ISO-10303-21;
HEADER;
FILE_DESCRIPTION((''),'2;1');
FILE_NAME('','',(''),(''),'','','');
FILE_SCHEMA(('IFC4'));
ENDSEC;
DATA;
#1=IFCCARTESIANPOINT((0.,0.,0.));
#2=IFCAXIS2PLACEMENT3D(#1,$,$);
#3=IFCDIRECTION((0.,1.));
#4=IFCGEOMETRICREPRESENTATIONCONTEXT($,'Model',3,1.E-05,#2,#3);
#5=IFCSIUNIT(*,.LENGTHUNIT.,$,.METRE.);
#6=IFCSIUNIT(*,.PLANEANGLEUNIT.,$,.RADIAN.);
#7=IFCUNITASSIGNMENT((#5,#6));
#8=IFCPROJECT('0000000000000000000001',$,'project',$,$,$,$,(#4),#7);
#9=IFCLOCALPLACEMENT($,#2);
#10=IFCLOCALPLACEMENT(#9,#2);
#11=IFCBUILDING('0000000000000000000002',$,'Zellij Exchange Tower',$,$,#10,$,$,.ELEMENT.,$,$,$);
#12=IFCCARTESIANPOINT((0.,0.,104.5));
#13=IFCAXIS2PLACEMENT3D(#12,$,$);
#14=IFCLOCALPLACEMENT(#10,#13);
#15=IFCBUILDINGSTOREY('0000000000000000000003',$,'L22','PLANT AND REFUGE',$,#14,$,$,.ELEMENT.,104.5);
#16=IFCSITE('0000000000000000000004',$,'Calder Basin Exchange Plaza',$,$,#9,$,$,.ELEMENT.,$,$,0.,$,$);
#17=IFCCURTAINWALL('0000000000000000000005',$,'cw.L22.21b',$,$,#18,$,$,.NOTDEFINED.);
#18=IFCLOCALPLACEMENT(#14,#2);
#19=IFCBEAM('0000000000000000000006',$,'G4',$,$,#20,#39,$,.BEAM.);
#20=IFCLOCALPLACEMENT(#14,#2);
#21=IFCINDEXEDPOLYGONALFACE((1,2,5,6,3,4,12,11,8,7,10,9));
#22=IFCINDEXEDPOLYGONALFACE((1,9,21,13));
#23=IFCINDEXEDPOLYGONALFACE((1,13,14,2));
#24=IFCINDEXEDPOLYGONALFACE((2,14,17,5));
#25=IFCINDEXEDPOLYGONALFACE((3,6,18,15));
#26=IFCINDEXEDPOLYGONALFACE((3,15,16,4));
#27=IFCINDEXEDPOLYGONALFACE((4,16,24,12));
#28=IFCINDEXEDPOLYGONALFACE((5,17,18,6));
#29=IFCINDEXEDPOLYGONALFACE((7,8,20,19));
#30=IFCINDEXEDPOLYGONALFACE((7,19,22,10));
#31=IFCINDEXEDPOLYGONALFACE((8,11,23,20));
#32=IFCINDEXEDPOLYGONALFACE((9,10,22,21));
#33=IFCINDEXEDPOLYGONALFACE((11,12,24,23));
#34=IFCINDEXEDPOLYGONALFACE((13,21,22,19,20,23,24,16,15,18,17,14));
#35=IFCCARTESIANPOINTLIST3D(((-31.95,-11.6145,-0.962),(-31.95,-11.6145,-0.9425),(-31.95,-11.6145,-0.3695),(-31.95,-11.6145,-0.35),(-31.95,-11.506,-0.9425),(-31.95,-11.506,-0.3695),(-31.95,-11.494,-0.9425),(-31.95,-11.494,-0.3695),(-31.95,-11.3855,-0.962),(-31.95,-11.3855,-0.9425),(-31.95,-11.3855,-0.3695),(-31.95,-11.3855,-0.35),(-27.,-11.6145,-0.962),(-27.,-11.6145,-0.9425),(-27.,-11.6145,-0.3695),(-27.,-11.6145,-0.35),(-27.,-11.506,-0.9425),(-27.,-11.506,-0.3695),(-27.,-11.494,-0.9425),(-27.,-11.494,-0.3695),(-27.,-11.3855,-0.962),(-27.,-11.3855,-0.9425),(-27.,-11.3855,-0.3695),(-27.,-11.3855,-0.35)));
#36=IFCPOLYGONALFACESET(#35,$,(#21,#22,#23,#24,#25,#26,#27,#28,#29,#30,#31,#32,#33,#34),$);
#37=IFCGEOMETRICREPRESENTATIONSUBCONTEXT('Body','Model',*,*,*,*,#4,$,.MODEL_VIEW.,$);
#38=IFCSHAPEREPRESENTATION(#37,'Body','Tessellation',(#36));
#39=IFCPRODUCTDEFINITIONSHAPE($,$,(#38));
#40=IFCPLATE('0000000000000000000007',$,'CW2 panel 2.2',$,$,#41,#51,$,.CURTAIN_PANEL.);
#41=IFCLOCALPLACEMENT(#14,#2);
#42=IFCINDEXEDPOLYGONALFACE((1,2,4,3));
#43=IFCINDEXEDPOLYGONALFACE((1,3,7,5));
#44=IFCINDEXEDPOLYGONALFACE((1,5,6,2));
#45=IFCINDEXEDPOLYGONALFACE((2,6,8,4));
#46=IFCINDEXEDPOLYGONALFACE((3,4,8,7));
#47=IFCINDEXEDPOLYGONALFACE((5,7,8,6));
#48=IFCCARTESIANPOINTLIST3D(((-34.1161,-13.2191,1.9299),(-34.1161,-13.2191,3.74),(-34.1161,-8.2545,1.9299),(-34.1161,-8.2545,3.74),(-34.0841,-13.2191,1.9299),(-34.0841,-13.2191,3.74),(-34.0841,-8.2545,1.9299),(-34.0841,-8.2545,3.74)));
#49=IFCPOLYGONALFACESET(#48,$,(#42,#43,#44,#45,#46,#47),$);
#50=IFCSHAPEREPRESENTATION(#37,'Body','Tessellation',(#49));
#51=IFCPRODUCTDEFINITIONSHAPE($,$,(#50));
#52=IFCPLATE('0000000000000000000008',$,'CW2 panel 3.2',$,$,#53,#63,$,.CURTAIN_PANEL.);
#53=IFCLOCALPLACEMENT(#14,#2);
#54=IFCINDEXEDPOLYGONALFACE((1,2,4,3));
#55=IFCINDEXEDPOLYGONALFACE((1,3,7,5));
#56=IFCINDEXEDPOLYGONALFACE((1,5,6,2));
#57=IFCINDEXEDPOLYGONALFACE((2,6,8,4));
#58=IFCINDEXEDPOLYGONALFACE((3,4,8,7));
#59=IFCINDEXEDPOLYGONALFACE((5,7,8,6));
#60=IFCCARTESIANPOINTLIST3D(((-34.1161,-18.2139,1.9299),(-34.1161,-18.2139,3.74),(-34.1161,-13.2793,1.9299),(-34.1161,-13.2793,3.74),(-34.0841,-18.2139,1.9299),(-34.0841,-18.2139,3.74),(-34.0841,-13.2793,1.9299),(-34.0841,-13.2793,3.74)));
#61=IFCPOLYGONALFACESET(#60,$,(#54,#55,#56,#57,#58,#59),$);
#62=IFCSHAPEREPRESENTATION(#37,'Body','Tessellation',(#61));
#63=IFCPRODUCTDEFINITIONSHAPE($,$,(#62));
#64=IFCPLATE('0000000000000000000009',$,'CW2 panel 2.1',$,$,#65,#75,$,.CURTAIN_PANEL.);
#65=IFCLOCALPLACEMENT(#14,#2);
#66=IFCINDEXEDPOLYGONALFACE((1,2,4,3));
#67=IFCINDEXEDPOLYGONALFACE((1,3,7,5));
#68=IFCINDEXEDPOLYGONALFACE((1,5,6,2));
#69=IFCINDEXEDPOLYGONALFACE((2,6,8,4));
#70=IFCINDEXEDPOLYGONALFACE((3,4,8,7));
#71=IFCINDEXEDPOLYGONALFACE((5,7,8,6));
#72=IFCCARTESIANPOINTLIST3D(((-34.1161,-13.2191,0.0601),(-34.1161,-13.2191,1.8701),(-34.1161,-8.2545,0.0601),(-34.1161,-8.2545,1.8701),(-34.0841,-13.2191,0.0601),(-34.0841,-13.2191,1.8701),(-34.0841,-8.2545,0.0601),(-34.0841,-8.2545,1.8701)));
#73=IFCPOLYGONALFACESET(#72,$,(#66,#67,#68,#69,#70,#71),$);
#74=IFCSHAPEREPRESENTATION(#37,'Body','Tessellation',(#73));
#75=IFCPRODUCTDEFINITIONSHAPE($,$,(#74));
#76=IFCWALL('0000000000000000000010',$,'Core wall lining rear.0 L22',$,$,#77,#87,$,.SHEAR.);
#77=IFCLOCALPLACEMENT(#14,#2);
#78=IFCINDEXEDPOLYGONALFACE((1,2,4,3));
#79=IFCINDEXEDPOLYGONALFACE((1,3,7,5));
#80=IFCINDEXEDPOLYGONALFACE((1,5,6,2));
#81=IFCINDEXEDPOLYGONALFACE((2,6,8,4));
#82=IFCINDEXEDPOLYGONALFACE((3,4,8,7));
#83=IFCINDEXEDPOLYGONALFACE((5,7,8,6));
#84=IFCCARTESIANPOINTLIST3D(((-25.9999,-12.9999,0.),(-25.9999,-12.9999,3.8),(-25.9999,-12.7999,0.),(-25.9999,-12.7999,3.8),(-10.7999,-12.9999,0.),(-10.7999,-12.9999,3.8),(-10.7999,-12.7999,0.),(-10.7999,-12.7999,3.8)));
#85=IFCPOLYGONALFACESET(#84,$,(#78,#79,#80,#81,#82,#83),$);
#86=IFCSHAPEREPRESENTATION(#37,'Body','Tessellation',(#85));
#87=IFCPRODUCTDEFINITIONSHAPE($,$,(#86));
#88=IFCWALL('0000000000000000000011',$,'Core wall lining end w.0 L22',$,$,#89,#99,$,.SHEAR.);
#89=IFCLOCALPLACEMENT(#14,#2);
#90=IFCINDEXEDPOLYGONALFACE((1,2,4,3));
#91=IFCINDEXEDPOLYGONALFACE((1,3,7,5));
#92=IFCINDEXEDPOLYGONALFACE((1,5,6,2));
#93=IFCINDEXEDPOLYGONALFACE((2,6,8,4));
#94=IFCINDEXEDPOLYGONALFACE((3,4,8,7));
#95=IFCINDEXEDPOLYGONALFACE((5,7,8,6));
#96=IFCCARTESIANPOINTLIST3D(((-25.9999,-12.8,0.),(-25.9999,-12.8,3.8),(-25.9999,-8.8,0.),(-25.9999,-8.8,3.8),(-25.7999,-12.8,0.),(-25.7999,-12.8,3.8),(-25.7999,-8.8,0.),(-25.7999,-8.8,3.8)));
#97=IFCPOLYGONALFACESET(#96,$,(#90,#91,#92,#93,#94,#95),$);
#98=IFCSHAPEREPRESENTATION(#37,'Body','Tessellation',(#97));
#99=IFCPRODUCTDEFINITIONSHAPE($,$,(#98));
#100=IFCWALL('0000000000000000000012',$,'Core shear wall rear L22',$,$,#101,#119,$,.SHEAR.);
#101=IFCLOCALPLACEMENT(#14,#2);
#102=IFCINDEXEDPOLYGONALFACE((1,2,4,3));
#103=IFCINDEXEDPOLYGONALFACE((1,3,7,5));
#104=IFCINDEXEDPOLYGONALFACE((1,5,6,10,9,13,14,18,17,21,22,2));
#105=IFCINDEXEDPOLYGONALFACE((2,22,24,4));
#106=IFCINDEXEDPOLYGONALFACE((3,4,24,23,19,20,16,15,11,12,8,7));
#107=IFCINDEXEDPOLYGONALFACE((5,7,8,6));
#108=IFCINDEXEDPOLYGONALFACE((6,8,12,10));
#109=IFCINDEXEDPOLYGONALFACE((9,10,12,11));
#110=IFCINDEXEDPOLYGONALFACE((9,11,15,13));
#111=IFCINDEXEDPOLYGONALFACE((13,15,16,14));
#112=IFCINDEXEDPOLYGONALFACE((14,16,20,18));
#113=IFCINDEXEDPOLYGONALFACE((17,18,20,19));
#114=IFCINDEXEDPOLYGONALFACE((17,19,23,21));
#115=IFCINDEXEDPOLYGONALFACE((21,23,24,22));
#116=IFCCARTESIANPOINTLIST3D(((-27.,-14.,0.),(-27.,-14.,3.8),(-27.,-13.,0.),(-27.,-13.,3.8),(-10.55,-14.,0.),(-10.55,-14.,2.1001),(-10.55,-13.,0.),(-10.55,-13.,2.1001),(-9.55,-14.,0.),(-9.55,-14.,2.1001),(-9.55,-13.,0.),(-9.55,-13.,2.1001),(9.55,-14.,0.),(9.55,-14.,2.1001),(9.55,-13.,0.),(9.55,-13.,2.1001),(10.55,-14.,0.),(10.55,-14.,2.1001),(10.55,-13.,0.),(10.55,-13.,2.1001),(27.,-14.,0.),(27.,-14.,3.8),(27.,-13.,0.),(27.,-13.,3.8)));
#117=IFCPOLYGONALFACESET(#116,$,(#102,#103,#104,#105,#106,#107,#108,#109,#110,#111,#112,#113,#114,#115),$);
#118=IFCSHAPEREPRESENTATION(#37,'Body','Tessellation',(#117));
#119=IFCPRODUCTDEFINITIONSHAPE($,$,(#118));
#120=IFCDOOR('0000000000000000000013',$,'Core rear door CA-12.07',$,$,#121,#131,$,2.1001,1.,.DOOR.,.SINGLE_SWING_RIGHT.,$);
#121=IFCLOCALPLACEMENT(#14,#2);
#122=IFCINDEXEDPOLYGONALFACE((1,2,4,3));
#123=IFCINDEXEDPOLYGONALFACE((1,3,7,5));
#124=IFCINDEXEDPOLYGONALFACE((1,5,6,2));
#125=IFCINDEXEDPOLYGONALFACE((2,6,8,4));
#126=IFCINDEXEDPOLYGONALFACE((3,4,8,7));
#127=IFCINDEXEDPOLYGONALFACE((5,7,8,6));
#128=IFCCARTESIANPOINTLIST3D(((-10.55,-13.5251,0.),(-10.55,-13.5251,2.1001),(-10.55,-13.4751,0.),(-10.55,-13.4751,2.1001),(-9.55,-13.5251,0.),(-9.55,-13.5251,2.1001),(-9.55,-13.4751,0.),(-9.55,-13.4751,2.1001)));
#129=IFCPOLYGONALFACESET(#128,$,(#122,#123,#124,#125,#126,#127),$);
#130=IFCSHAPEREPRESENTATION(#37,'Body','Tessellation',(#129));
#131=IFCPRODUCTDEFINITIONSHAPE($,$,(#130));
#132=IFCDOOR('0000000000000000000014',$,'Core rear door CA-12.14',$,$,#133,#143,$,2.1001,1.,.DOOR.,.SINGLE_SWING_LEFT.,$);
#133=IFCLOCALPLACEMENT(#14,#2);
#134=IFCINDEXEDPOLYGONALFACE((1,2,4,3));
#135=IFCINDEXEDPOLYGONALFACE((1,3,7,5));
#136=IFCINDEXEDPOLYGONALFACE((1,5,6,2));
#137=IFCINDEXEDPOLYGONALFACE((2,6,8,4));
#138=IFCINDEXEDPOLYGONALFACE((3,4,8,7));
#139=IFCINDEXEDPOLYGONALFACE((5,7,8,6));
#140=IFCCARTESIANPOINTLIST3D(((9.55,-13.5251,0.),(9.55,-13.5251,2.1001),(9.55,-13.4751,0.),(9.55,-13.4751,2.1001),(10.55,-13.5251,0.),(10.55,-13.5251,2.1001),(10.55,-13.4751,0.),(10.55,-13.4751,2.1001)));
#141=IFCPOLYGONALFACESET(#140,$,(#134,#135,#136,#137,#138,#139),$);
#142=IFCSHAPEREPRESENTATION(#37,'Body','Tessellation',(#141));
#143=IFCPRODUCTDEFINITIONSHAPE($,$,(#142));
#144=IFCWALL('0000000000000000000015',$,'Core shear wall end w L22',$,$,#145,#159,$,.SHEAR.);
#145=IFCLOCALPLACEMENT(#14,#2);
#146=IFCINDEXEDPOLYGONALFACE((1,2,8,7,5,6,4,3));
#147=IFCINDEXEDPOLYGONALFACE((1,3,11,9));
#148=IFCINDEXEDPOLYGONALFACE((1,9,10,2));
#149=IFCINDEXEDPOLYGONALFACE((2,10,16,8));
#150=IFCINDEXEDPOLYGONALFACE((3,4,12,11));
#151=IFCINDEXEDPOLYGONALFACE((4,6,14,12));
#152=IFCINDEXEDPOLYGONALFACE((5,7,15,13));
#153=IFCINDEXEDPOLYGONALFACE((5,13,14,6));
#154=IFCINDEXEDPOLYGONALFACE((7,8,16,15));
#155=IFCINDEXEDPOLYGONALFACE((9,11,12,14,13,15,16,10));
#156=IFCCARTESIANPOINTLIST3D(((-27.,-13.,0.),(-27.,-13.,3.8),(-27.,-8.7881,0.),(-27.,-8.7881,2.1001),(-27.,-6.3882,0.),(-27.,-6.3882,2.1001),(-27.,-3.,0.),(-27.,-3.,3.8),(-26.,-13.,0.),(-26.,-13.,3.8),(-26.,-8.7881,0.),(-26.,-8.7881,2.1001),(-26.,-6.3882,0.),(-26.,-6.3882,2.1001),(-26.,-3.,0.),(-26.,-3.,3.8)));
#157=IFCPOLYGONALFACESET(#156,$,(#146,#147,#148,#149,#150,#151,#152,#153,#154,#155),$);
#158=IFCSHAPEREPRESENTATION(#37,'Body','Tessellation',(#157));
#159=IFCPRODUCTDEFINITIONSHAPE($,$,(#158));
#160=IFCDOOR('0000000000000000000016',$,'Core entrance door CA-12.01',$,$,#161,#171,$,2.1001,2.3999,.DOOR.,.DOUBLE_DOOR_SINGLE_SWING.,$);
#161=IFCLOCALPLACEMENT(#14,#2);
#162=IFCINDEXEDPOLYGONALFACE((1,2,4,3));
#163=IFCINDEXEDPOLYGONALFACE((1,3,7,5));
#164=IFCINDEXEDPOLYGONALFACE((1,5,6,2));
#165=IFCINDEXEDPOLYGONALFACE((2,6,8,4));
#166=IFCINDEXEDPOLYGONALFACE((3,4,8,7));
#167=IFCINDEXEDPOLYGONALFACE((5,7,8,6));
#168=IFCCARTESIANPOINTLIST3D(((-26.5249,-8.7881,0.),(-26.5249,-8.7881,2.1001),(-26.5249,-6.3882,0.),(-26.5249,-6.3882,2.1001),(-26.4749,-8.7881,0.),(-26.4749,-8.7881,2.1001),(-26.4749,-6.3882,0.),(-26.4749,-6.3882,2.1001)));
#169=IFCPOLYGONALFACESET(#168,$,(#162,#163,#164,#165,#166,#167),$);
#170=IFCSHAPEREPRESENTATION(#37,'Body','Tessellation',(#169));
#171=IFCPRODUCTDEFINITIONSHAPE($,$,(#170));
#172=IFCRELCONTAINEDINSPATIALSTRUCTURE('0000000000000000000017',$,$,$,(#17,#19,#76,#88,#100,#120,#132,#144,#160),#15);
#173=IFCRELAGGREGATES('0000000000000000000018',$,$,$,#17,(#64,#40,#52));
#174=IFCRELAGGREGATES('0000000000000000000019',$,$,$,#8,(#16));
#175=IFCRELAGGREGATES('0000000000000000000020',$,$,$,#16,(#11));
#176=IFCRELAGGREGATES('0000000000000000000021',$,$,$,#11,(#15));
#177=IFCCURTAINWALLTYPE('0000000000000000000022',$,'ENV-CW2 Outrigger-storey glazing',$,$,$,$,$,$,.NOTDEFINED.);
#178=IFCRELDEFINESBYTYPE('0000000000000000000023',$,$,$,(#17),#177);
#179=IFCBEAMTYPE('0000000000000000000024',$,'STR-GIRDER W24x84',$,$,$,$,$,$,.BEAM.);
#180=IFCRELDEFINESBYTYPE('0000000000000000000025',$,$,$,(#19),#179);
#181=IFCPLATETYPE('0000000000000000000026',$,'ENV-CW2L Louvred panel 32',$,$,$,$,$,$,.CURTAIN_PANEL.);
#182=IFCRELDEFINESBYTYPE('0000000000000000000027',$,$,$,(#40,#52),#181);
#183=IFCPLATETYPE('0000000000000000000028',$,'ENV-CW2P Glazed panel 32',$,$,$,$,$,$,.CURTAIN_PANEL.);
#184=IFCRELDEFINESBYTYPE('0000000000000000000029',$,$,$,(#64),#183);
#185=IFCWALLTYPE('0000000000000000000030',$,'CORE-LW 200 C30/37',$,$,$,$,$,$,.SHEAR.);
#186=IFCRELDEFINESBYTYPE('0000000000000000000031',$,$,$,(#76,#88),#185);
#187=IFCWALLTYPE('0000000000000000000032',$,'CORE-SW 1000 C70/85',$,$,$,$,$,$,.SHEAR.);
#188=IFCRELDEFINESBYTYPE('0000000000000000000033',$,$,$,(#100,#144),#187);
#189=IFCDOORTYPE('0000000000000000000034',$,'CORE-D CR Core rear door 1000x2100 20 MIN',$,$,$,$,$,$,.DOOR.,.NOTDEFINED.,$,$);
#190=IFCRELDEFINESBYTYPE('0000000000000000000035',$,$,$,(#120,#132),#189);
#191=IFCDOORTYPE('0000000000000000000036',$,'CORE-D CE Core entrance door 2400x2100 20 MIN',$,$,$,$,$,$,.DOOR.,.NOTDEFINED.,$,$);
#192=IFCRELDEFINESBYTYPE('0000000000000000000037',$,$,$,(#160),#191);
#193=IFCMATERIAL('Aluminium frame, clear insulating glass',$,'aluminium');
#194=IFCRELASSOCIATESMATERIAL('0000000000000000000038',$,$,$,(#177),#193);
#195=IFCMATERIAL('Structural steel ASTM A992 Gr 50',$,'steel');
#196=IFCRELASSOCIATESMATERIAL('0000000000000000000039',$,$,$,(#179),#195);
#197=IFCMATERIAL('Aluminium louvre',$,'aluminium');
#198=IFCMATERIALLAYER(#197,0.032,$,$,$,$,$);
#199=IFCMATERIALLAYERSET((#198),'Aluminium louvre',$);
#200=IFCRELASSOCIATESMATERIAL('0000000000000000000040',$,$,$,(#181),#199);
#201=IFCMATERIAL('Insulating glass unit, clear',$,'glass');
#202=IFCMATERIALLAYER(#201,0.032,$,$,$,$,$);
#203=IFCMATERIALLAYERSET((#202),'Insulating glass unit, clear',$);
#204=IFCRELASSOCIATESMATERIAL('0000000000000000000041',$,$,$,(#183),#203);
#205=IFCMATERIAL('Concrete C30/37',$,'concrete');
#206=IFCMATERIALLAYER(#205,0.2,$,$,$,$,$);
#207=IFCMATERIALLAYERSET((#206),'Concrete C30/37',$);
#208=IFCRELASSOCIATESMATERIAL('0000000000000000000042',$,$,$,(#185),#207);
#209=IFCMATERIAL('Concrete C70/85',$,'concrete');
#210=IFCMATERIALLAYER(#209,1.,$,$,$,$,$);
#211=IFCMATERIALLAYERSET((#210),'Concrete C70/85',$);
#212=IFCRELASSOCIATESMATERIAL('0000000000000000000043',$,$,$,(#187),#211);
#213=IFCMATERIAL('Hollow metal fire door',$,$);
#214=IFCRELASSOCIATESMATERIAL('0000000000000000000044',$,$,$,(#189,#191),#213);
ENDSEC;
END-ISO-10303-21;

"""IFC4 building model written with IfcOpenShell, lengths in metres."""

from ifc_helpers import new_model, si_unit, direction, frame, frame_2d, origin, origin_2d, place, context, subcontext, project, spatial, rectangle, i_section, extrude, material, layer, layer_set, material_profile, profile_set, type_object, element, fill, aggregate, save


model = new_model("IFC4")

# Units and contexts
model_context = context("Model", 3, precision=1e-05, world=origin(), true_north=direction((0.0, 1.0)))
body_context = subcontext(model_context, "Body", "Model", "MODEL_VIEW")
ifc_project = project(units=[si_unit("LENGTHUNIT", "METRE"), si_unit("PLANEANGLEUNIT", "RADIAN")], contexts=[model_context])

# Site, building, storey
site_placement = place(None, origin())
site = spatial("IfcSite", under=ifc_project, at=site_placement, Name="Calder Basin Exchange Plaza", CompositionType="ELEMENT", RefElevation=0.0)
building_placement = place(site_placement, origin())
building = spatial("IfcBuilding", under=site, at=building_placement, Name="Zellij Exchange Tower", CompositionType="ELEMENT")
storey_placement = place(building_placement, frame((0.0, 0.0, 104.5)))
storey = spatial("IfcBuildingStorey", under=building, at=storey_placement, Name="L22", Description="PLANT AND REFUGE", CompositionType="ELEMENT", Elevation=104.5)

# Shared definitions
ifc_material_1 = material(Name="Concrete C70/85", Category="concrete")

# Curtain wall
ifc_material_2 = material(Name="Aluminium frame, clear insulating glass", Category="aluminium")
curtain_wall_type = type_object("IfcCurtainWallType", Name="ENV-CW2 Outrigger-storey glazing", PredefinedType="NOTDEFINED", material=ifc_material_2)
curtain_wall_placement = place(storey_placement, origin())
curtain_wall = element("IfcCurtainWall", 1, at=curtain_wall_placement, inside=storey, type_object=curtain_wall_type, Name="cw.L22.21b", PredefinedType="NOTDEFINED")

# Beam
ifc_material_3 = material(Name="Structural steel ASTM A992 Gr 50", Category="steel")
ifc_material_profile_1 = material_profile(ifc_material_3, i_section(OverallWidth=0.229, OverallDepth=0.6121, WebThickness=0.012, FlangeThickness=0.0195, at=origin_2d()), Name="W24x84")
ifc_profile_set_1 = profile_set([ifc_material_profile_1], Name="Structural steel ASTM A992 Gr 50")
beam_type_1 = type_object("IfcBeamType", Name="STR-GIRDER W24x84", PredefinedType="BEAM", material=ifc_profile_set_1)
beam_1_placement = place(storey_placement, frame((-31.95, -11.5, -0.656), z_axis=(1.0, 0.0, 0.0), x_axis=(0.0, 1.0, 0.0)))
element("IfcBeam", 2, at=beam_1_placement, inside=storey, type_object=beam_type_1, Name="G4", PredefinedType="BEAM", context=body_context, shape_type="SweptSolid", body=[
    extrude(i_section(OverallWidth=0.229, OverallDepth=0.6121, WebThickness=0.012, FlangeThickness=0.0195, at=origin_2d()), origin(), (0.0, 0.0, 1.0), 4.95),
])

# Plates
ifc_material_4 = material(Name="Aluminium louvre", Category="aluminium")
ifc_layer_1 = layer(ifc_material_4, 0.032)
ifc_layer_set_1 = layer_set([ifc_layer_1], Name="Aluminium louvre")
plate_type_1 = type_object("IfcPlateType", Name="ENV-CW2L Louvred panel 32", PredefinedType="CURTAIN_PANEL", material=ifc_layer_set_1)
plate_1_placement = place(storey_placement, frame((-34.1001, -10.7368, 1.9299), z_axis=(0.0, 0.0, 1.0), x_axis=(0.0, -1.0, 0.0)))
plate_1 = element("IfcPlate", 3, at=plate_1_placement, type_object=plate_type_1, Name="CW2 panel 2.2", PredefinedType="CURTAIN_PANEL", context=body_context, shape_type="SweptSolid", body=[
    extrude(rectangle(XDim=4.9646, YDim=0.032, at=origin_2d()), origin(), (0.0, 0.0, 1.0), 1.8101),
])
plate_2_placement = place(storey_placement, frame((-34.1001, -15.7466, 1.9299), z_axis=(0.0, 0.0, 1.0), x_axis=(0.0, -1.0, 0.0)))
plate_2 = element("IfcPlate", 4, at=plate_2_placement, type_object=plate_type_1, Name="CW2 panel 3.2", PredefinedType="CURTAIN_PANEL", context=body_context, shape_type="SweptSolid", body=[
    extrude(rectangle(XDim=4.9346, YDim=0.032, at=origin_2d()), origin(), (0.0, 0.0, 1.0), 1.8101),
])
ifc_material_5 = material(Name="Insulating glass unit, clear", Category="glass")
ifc_layer_2 = layer(ifc_material_5, 0.032)
ifc_layer_set_2 = layer_set([ifc_layer_2], Name="Insulating glass unit, clear")
plate_type_2 = type_object("IfcPlateType", Name="ENV-CW2P Glazed panel 32", PredefinedType="CURTAIN_PANEL", material=ifc_layer_set_2)
plate_3_placement = place(storey_placement, frame((-34.1001, -10.7368, 0.0601), z_axis=(0.0, 0.0, 1.0), x_axis=(0.0, -1.0, 0.0)))
plate_3 = element("IfcPlate", 5, at=plate_3_placement, type_object=plate_type_2, Name="CW2 panel 2.1", PredefinedType="CURTAIN_PANEL", context=body_context, shape_type="SweptSolid", body=[
    extrude(rectangle(XDim=4.9646, YDim=0.032, at=origin_2d()), origin(), (0.0, 0.0, 1.0), 1.8101),
])
aggregate(curtain_wall, [plate_3, plate_1, plate_2])

# Walls
ifc_material_6 = material(Name="Concrete C30/37", Category="concrete")
ifc_layer_3 = layer(ifc_material_6, 0.2)
ifc_layer_set_3 = layer_set([ifc_layer_3], Name="Concrete C30/37")
wall_type_1 = type_object("IfcWallType", Name="CORE-LW 200 C30/37", PredefinedType="SHEAR", material=ifc_layer_set_3)
wall_1_placement = place(storey_placement, frame((-26.0, -12.8999, 0.0), z_axis=(0.0, 0.0, 1.0), x_axis=(1.0, 0.0, 0.0)))
element("IfcWall", 6, at=wall_1_placement, inside=storey, type_object=wall_type_1, Name="Core wall lining rear.0 L22", PredefinedType="SHEAR", context=body_context, shape_type="SweptSolid", body=[
    extrude(rectangle(XDim=15.2, YDim=0.2, at=frame_2d((7.6001, 0.0))), origin(), (0.0, 0.0, 1.0), 3.8),
])
wall_2_placement = place(storey_placement, frame((-25.8999, -12.8, 0.0), z_axis=(0.0, 0.0, 1.0), x_axis=(0.0, 1.0, 0.0)))
element("IfcWall", 7, at=wall_2_placement, inside=storey, type_object=wall_type_1, Name="Core wall lining end w.0 L22", PredefinedType="SHEAR", context=body_context, shape_type="SweptSolid", body=[
    extrude(rectangle(XDim=4.0, YDim=0.2, at=frame_2d((2.0, 0.0))), origin(), (0.0, 0.0, 1.0), 3.8),
])

# Wall, openings, doors
ifc_layer_4 = layer(ifc_material_1, 1.0)
ifc_layer_set_4 = layer_set([ifc_layer_4], Name="Concrete C70/85")
wall_type_2 = type_object("IfcWallType", Name="CORE-SW 1000 C70/85", PredefinedType="SHEAR", material=ifc_layer_set_4)
wall_3_placement = place(storey_placement, frame((-27.0, -13.5, 0.0), z_axis=(0.0, 0.0, 1.0), x_axis=(1.0, 0.0, 0.0)))
wall_3 = element("IfcWall", 8, at=wall_3_placement, inside=storey, type_object=wall_type_2, Name="Core shear wall rear L22", PredefinedType="SHEAR", context=body_context, shape_type="SweptSolid", body=[
    extrude(rectangle(XDim=54.0, YDim=1.0, at=frame_2d((27.0, 0.0))), origin(), (0.0, 0.0, 1.0), 3.8),
])
opening_1_placement = place(wall_3_placement, frame((16.45, 0.0, 0.0)))
opening_1 = element("IfcOpeningElement", 9, at=opening_1_placement, cuts=wall_3, PredefinedType="OPENING", context=body_context, shape_type="SweptSolid", body=[
    extrude(rectangle(XDim=1.0, YDim=2.1001, at=frame_2d((0.5, 1.05))), frame((0.0, 0.512, 0.0), z_axis=(0.0, -1.0, 0.0), x_axis=(1.0, 0.0, 0.0)), (0.0, 0.0, 1.0), 1.0239),
])
opening_2_placement = place(wall_3_placement, frame((36.55, 0.0, 0.0)))
opening_2 = element("IfcOpeningElement", 10, at=opening_2_placement, cuts=wall_3, PredefinedType="OPENING", context=body_context, shape_type="SweptSolid", body=[
    extrude(rectangle(XDim=1.0, YDim=2.1001, at=frame_2d((0.5, 1.05))), frame((0.0, 0.512, 0.0), z_axis=(0.0, -1.0, 0.0), x_axis=(1.0, 0.0, 0.0)), (0.0, 0.0, 1.0), 1.0239),
])
ifc_material_7 = material(Name="Hollow metal fire door")
door_type_1 = type_object("IfcDoorType", Name="CORE-D CR Core rear door 1000x2100 20 MIN", OperationType="NOTDEFINED", PredefinedType="DOOR", material=ifc_material_7)
door_1_placement = place(opening_1_placement, origin())
door_1 = element("IfcDoor", 11, at=door_1_placement, inside=storey, type_object=door_type_1, Name="Core rear door CA-12.07", OperationType="SINGLE_SWING_RIGHT", OverallHeight=2.1001, OverallWidth=1.0, PredefinedType="DOOR", context=body_context, shape_type="SweptSolid", body=[
    extrude(rectangle(XDim=1.0, YDim=2.1001, at=frame_2d((0.5, 1.05))), frame((0.0, 0.0249, 0.0), z_axis=(0.0, -1.0, 0.0), x_axis=(1.0, 0.0, 0.0)), (0.0, 0.0, 1.0), 0.05),
])
fill(opening_1, door_1)
door_2_placement = place(opening_2_placement, origin())
door_2 = element("IfcDoor", 12, at=door_2_placement, inside=storey, type_object=door_type_1, Name="Core rear door CA-12.14", OperationType="SINGLE_SWING_LEFT", OverallHeight=2.1001, OverallWidth=1.0, PredefinedType="DOOR", context=body_context, shape_type="SweptSolid", body=[
    extrude(rectangle(XDim=1.0, YDim=2.1001, at=frame_2d((0.5, 1.05))), frame((0.0, 0.0249, 0.0), z_axis=(0.0, -1.0, 0.0), x_axis=(1.0, 0.0, 0.0)), (0.0, 0.0, 1.0), 0.05),
])
fill(opening_2, door_2)

# Wall, opening, door
wall_4_placement = place(storey_placement, frame((-26.5, -13.0, 0.0), z_axis=(0.0, 0.0, 1.0), x_axis=(0.0, 1.0, 0.0)))
wall_4 = element("IfcWall", 13, at=wall_4_placement, inside=storey, type_object=wall_type_2, Name="Core shear wall end w L22", PredefinedType="SHEAR", context=body_context, shape_type="SweptSolid", body=[
    extrude(rectangle(XDim=10.0, YDim=1.0, at=frame_2d((5.0, 0.0))), origin(), (0.0, 0.0, 1.0), 3.8),
])
opening_3_placement = place(wall_4_placement, frame((4.2119, 0.0, 0.0)))
opening_3 = element("IfcOpeningElement", 14, at=opening_3_placement, cuts=wall_4, PredefinedType="OPENING", context=body_context, shape_type="SweptSolid", body=[
    extrude(rectangle(XDim=2.3999, YDim=2.1001, at=frame_2d((1.2, 1.05))), frame((0.0, 0.512, 0.0), z_axis=(0.0, -1.0, 0.0), x_axis=(1.0, 0.0, 0.0)), (0.0, 0.0, 1.0), 1.0239),
])
door_type_2 = type_object("IfcDoorType", Name="CORE-D CE Core entrance door 2400x2100 20 MIN", OperationType="NOTDEFINED", PredefinedType="DOOR", material=ifc_material_7)
door_3_placement = place(opening_3_placement, origin())
door_3 = element("IfcDoor", 15, at=door_3_placement, inside=storey, type_object=door_type_2, Name="Core entrance door CA-12.01", OperationType="DOUBLE_DOOR_SINGLE_SWING", OverallHeight=2.1001, OverallWidth=2.3999, PredefinedType="DOOR", context=body_context, shape_type="SweptSolid", body=[
    extrude(rectangle(XDim=2.3999, YDim=2.1001, at=frame_2d((1.2, 1.05))), frame((0.0, 0.0249, 0.0), z_axis=(0.0, -1.0, 0.0), x_axis=(1.0, 0.0, 0.0)), (0.0, 0.0, 1.0), 0.05),
])
fill(opening_3, door_3)

save(model, "model.ifc")
